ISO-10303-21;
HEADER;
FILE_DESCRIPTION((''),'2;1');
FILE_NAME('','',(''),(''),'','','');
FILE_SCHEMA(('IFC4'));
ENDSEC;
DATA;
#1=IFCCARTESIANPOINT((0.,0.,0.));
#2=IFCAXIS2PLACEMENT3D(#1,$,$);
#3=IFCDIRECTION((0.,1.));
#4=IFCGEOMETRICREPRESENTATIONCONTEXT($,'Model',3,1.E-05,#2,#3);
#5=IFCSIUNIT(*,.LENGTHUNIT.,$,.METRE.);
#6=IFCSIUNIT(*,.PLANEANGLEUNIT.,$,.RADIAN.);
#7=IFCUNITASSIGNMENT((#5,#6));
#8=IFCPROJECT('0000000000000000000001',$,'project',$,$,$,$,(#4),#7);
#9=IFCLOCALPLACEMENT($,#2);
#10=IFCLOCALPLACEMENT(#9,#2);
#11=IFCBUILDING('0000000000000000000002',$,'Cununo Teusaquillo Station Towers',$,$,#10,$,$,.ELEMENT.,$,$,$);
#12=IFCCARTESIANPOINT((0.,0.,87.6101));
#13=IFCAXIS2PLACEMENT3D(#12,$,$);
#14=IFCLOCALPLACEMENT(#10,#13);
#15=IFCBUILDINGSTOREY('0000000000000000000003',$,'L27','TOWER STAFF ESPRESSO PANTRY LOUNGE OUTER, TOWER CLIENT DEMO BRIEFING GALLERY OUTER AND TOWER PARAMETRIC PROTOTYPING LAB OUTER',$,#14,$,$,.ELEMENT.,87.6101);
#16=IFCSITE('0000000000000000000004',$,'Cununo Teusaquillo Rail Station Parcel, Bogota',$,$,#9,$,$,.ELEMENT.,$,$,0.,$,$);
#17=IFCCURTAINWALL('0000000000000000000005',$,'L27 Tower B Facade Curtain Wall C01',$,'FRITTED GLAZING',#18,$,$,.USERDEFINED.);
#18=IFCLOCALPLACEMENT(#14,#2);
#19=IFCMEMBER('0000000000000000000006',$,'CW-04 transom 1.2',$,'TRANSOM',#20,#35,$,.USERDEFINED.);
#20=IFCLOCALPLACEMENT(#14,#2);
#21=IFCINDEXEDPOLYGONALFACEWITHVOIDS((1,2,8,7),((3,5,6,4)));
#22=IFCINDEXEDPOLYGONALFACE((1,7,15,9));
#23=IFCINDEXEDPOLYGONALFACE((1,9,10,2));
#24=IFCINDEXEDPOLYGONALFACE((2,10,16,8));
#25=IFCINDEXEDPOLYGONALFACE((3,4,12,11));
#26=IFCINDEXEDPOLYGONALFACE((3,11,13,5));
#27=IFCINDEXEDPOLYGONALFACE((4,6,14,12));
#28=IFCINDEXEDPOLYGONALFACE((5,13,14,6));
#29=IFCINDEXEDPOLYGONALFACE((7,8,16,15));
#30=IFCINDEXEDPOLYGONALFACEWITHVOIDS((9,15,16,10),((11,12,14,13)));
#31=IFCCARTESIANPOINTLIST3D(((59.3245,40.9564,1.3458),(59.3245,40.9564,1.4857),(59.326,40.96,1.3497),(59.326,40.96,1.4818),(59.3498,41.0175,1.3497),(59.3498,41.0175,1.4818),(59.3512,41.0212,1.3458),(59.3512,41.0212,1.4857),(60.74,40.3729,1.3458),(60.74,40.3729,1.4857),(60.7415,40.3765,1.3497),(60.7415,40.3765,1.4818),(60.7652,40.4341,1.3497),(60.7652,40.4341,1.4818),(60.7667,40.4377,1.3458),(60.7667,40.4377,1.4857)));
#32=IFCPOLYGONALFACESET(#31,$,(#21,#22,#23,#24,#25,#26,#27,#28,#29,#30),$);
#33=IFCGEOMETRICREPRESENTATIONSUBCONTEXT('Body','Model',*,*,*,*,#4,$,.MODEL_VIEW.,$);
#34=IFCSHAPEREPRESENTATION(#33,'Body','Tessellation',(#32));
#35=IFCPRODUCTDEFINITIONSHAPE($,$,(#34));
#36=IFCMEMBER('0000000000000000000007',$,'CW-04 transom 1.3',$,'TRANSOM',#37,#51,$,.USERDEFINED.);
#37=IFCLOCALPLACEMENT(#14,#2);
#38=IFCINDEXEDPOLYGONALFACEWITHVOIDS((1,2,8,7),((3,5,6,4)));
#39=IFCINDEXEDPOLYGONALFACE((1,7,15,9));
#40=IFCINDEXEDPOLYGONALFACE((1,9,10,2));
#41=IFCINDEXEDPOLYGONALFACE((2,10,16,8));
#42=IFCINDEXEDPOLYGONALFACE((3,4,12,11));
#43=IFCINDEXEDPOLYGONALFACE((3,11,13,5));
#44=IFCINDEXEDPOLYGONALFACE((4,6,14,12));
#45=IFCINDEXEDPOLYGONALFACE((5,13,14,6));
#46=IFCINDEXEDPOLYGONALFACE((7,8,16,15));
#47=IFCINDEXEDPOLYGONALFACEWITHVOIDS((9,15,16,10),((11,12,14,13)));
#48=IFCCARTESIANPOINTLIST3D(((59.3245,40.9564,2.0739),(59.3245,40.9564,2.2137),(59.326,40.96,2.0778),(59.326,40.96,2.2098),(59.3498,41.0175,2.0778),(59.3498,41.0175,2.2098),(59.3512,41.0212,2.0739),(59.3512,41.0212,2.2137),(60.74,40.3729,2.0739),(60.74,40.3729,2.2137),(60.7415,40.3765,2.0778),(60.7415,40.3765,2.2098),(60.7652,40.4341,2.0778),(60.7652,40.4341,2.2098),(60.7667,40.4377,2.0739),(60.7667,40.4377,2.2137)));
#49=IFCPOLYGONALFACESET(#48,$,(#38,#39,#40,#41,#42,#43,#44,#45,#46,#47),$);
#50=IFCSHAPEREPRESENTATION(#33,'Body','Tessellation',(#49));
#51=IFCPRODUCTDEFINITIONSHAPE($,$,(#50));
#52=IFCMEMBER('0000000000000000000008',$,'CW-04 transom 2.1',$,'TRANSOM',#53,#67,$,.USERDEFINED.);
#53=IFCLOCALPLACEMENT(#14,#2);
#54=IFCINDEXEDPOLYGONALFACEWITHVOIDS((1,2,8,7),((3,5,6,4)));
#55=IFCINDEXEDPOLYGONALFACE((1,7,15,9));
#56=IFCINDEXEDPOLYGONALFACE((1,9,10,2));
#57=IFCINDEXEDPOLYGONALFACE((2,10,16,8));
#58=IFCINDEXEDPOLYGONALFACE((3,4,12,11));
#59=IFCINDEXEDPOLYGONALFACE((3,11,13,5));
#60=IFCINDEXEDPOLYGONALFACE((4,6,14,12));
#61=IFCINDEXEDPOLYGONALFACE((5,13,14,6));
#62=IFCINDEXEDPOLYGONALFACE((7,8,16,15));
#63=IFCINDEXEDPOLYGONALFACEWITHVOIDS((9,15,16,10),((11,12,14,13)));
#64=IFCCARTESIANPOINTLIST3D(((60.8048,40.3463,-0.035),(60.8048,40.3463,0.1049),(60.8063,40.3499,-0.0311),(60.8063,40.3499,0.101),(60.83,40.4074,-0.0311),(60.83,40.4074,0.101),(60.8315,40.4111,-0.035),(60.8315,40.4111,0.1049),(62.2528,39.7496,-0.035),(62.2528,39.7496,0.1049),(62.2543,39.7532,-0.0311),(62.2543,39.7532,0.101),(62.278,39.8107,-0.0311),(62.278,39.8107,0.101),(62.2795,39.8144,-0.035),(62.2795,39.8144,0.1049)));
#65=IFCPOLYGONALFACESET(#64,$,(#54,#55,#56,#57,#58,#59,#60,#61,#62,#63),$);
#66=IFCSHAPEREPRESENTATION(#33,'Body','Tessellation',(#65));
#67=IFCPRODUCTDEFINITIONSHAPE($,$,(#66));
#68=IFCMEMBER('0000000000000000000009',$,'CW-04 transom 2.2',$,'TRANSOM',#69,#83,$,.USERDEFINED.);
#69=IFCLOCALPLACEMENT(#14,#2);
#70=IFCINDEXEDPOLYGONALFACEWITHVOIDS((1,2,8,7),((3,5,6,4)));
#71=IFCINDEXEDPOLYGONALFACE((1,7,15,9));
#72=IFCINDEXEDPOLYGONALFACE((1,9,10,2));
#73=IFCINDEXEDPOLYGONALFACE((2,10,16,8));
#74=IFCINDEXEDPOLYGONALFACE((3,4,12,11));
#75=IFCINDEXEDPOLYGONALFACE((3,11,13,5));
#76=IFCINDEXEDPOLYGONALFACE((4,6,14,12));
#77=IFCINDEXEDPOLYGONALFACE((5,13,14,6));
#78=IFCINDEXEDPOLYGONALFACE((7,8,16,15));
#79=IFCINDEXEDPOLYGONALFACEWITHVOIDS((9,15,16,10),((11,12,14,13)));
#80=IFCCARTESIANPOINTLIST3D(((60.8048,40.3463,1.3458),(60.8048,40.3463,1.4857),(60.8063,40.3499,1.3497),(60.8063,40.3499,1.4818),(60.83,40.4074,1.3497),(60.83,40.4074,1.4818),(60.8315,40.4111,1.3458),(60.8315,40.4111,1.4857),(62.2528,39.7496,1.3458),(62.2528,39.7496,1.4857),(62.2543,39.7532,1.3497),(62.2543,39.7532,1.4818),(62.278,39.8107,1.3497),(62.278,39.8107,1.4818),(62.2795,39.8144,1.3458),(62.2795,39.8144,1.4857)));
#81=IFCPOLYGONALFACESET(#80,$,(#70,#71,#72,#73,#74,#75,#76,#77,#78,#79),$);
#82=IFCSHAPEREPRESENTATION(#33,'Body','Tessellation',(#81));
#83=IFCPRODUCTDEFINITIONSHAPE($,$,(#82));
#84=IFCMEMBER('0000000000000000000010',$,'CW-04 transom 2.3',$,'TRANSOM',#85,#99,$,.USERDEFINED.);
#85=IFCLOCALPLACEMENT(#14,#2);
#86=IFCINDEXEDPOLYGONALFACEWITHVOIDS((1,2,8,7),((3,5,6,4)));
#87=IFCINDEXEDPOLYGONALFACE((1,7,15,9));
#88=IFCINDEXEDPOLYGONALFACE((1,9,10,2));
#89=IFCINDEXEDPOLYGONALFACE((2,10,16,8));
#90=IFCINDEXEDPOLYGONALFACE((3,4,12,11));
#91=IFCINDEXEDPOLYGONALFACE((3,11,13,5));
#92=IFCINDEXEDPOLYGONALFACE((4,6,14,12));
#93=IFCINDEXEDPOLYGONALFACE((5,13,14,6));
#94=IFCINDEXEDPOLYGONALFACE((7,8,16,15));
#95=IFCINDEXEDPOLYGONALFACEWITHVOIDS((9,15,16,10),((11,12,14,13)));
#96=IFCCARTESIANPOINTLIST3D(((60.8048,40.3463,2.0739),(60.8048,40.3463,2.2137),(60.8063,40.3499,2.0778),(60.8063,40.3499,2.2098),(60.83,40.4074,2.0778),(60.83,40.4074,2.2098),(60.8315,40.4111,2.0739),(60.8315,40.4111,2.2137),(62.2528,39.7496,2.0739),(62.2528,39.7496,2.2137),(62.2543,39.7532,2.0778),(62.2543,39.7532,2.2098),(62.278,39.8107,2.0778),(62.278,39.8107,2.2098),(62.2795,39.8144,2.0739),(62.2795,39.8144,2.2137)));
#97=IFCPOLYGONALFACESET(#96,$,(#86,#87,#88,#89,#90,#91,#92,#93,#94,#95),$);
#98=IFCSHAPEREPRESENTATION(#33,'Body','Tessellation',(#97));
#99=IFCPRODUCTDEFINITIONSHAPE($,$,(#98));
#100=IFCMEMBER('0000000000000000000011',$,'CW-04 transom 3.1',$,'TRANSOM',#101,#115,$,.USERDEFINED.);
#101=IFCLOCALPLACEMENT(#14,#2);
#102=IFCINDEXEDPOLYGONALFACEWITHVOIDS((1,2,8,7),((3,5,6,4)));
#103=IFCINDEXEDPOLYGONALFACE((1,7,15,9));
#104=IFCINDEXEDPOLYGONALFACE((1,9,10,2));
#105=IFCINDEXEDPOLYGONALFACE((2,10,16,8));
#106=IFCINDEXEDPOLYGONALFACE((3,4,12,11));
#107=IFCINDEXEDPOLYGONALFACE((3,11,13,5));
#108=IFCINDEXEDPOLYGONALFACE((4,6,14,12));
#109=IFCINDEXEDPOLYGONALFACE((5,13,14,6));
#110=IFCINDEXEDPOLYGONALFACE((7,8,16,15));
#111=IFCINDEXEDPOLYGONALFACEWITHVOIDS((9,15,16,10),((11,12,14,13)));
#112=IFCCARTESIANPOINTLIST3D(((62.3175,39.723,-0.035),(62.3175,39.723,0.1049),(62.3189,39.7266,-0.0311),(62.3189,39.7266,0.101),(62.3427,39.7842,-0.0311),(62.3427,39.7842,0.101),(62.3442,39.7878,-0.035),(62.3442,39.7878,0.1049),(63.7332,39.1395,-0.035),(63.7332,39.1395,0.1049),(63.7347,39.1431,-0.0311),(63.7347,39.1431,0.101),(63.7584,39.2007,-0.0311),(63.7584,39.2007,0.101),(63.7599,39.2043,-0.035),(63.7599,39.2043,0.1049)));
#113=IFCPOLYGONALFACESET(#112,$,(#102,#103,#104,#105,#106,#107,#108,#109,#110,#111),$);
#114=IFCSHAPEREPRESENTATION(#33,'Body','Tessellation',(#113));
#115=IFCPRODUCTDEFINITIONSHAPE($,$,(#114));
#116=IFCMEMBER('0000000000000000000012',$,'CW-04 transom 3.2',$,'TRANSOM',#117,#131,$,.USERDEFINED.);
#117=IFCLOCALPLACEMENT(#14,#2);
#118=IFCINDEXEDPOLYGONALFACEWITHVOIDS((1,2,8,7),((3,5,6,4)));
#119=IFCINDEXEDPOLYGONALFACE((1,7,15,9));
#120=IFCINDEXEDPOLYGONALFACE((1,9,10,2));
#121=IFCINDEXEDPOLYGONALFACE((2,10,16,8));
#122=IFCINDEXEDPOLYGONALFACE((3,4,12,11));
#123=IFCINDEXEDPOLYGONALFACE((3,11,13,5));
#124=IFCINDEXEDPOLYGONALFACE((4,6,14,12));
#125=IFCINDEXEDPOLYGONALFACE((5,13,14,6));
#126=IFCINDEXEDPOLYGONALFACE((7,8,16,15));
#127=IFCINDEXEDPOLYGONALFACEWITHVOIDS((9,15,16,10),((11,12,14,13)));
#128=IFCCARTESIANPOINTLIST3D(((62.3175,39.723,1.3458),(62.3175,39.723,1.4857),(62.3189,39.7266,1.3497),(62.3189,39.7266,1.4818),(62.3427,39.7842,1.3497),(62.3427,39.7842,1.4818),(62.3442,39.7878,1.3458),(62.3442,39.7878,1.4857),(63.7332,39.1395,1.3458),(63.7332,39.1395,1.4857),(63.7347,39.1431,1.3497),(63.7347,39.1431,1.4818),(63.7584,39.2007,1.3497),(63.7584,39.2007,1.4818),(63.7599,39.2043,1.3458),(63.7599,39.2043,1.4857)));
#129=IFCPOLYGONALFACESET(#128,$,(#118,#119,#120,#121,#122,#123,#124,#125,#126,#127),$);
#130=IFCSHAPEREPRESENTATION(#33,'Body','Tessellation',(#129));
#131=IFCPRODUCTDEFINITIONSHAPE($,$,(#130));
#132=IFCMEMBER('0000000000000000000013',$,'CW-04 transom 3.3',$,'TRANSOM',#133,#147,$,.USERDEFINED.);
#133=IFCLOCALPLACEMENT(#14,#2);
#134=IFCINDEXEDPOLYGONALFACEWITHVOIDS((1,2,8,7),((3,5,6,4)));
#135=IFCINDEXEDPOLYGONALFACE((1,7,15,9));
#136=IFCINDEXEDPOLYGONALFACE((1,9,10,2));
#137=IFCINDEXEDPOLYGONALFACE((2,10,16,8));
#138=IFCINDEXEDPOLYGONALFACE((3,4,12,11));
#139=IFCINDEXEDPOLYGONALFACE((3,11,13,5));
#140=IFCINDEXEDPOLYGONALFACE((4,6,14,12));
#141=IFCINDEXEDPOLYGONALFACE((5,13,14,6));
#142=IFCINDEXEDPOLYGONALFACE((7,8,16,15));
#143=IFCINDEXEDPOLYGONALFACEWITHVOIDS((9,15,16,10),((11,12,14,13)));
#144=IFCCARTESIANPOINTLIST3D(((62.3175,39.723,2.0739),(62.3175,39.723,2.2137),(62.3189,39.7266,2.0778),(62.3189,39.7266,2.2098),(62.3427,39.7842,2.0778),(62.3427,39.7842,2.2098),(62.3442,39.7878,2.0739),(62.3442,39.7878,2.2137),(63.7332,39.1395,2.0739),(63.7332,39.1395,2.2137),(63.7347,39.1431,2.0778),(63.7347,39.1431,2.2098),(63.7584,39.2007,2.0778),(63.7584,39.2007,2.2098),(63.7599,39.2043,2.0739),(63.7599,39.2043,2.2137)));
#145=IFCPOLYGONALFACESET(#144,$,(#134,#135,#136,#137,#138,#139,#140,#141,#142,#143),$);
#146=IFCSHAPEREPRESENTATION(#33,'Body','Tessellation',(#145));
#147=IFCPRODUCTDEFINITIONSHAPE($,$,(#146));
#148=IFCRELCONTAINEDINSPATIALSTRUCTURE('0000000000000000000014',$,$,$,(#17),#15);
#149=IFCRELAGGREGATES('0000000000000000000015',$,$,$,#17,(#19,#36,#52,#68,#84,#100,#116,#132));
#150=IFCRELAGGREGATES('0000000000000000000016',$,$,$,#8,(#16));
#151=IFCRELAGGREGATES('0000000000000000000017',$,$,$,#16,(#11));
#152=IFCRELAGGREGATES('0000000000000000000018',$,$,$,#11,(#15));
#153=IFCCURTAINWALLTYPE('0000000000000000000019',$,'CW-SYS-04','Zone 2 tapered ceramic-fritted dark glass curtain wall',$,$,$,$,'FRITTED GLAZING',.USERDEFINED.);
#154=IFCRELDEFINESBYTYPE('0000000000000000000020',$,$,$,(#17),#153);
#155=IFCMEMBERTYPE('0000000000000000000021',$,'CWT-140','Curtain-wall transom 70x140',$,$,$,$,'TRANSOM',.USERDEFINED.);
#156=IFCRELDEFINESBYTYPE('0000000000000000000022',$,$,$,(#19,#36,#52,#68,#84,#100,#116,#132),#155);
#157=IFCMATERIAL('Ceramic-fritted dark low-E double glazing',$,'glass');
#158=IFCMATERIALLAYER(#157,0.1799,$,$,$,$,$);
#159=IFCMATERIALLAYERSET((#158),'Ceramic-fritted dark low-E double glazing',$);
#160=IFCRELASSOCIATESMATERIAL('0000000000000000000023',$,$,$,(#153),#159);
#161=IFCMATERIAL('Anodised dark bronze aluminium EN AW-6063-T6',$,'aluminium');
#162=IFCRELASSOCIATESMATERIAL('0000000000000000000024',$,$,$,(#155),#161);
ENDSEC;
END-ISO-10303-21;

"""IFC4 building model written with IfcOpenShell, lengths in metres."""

from ifc_helpers import new_model, si_unit, direction, frame, origin, origin_2d, place, context, subcontext, project, spatial, hollow_rectangle, extrude, material, layer, layer_set, material_profile, profile_set, type_object, element, aggregate, save


model = new_model("IFC4")

# Units and contexts
model_context = context("Model", 3, precision=1e-05, world=origin(), true_north=direction((0.0, 1.0)))
body_context = subcontext(model_context, "Body", "Model", "MODEL_VIEW")
ifc_project = project(units=[si_unit("LENGTHUNIT", "METRE"), si_unit("PLANEANGLEUNIT", "RADIAN")], contexts=[model_context])

# Site, building, storey
site_placement = place(None, origin())
site = spatial("IfcSite", under=ifc_project, at=site_placement, Name="Cununo Teusaquillo Rail Station Parcel, Bogota", CompositionType="ELEMENT", RefElevation=0.0)
building_placement = place(site_placement, origin())
building = spatial("IfcBuilding", under=site, at=building_placement, Name="Cununo Teusaquillo Station Towers", CompositionType="ELEMENT")
storey_placement = place(building_placement, frame((0.0, 0.0, 87.6101)))
storey = spatial("IfcBuildingStorey", under=building, at=storey_placement, Name="L27", Description="TOWER STAFF ESPRESSO PANTRY LOUNGE OUTER, TOWER CLIENT DEMO BRIEFING GALLERY OUTER AND TOWER PARAMETRIC PROTOTYPING LAB OUTER", CompositionType="ELEMENT", Elevation=87.6101)

# Curtain wall, members
ifc_material_1 = material(Name="Ceramic-fritted dark low-E double glazing", Category="glass")
ifc_layer_1 = layer(ifc_material_1, 0.1799)
ifc_layer_set_1 = layer_set([ifc_layer_1], Name="Ceramic-fritted dark low-E double glazing")
curtain_wall_type = type_object("IfcCurtainWallType", Name="CW-SYS-04", Description="Zone 2 tapered ceramic-fritted dark glass curtain wall", ElementType="FRITTED GLAZING", PredefinedType="USERDEFINED", material=ifc_layer_set_1)
curtain_wall_placement = place(storey_placement, origin())
curtain_wall = element("IfcCurtainWall", 1, at=curtain_wall_placement, inside=storey, type_object=curtain_wall_type, Name="L27 Tower B Facade Curtain Wall C01", ObjectType="FRITTED GLAZING", PredefinedType="USERDEFINED")
ifc_material_2 = material(Name="Anodised dark bronze aluminium EN AW-6063-T6", Category="aluminium")
ifc_material_profile_1 = material_profile(ifc_material_2, hollow_rectangle(XDim=0.0701, YDim=0.1399, WallThickness=0.0039, at=origin_2d()), Name="CW-TRAN-70x140")
ifc_profile_set_1 = profile_set([ifc_material_profile_1], Name="Anodised dark bronze aluminium EN AW-6063-T6")
member_type_1 = type_object("IfcMemberType", Name="CWT-140", Description="Curtain-wall transom 70x140", ElementType="TRANSOM", PredefinedType="USERDEFINED", material=ifc_profile_set_1)
member_1_placement = place(storey_placement, frame((59.3379, 40.9888, 1.4158), z_axis=(0.924533, -0.381103, 0.0), x_axis=(0.381103, 0.924533, 0.0)))
member_1 = element("IfcMember", 2, at=member_1_placement, type_object=member_type_1, Name="CW-04 transom 1.2", ObjectType="TRANSOM", PredefinedType="USERDEFINED", context=body_context, shape_type="SweptSolid", body=[
    extrude(hollow_rectangle(XDim=0.0701, YDim=0.1399, WallThickness=0.0039, at=origin_2d()), origin(), (0.0, 0.0, 1.0), 1.531),
])
member_2_placement = place(storey_placement, frame((59.3379, 40.9888, 2.1438), z_axis=(0.924533, -0.381103, 0.0), x_axis=(0.381103, 0.924533, 0.0)))
member_2 = element("IfcMember", 3, at=member_2_placement, type_object=member_type_1, Name="CW-04 transom 1.3", ObjectType="TRANSOM", PredefinedType="USERDEFINED", context=body_context, shape_type="SweptSolid", body=[
    extrude(hollow_rectangle(XDim=0.0701, YDim=0.1399, WallThickness=0.0039, at=origin_2d()), origin(), (0.0, 0.0, 1.0), 1.531),
])
member_3_placement = place(storey_placement, frame((60.8181, 40.3787, 0.0349), z_axis=(0.924578, -0.380993, 0.0), x_axis=(0.380993, 0.924578, 0.0)))
member_3 = element("IfcMember", 4, at=member_3_placement, type_object=member_type_1, Name="CW-04 transom 2.1", ObjectType="TRANSOM", PredefinedType="USERDEFINED", context=body_context, shape_type="SweptSolid", body=[
    extrude(hollow_rectangle(XDim=0.0701, YDim=0.1399, WallThickness=0.0039, at=origin_2d()), origin(), (0.0, 0.0, 1.0), 1.5662),
])
member_4_placement = place(storey_placement, frame((60.8181, 40.3787, 1.4158), z_axis=(0.924578, -0.380993, 0.0), x_axis=(0.380993, 0.924578, 0.0)))
member_4 = element("IfcMember", 5, at=member_4_placement, type_object=member_type_1, Name="CW-04 transom 2.2", ObjectType="TRANSOM", PredefinedType="USERDEFINED", context=body_context, shape_type="SweptSolid", body=[
    extrude(hollow_rectangle(XDim=0.0701, YDim=0.1399, WallThickness=0.0039, at=origin_2d()), origin(), (0.0, 0.0, 1.0), 1.5662),
])
member_5_placement = place(storey_placement, frame((60.8181, 40.3787, 2.1438), z_axis=(0.924578, -0.380993, 0.0), x_axis=(0.380993, 0.924578, 0.0)))
member_5 = element("IfcMember", 6, at=member_5_placement, type_object=member_type_1, Name="CW-04 transom 2.3", ObjectType="TRANSOM", PredefinedType="USERDEFINED", context=body_context, shape_type="SweptSolid", body=[
    extrude(hollow_rectangle(XDim=0.0701, YDim=0.1399, WallThickness=0.0039, at=origin_2d()), origin(), (0.0, 0.0, 1.0), 1.5662),
])
member_6_placement = place(storey_placement, frame((62.3308, 39.7554, 0.0349), z_axis=(0.924556, -0.381046, 0.0), x_axis=(0.381046, 0.924556, 0.0)))
member_6 = element("IfcMember", 7, at=member_6_placement, type_object=member_type_1, Name="CW-04 transom 3.1", ObjectType="TRANSOM", PredefinedType="USERDEFINED", context=body_context, shape_type="SweptSolid", body=[
    extrude(hollow_rectangle(XDim=0.0701, YDim=0.1399, WallThickness=0.0039, at=origin_2d()), origin(), (0.0, 0.0, 1.0), 1.5312),
])
member_7_placement = place(storey_placement, frame((62.3308, 39.7554, 1.4158), z_axis=(0.924556, -0.381046, 0.0), x_axis=(0.381046, 0.924556, 0.0)))
member_7 = element("IfcMember", 8, at=member_7_placement, type_object=member_type_1, Name="CW-04 transom 3.2", ObjectType="TRANSOM", PredefinedType="USERDEFINED", context=body_context, shape_type="SweptSolid", body=[
    extrude(hollow_rectangle(XDim=0.0701, YDim=0.1399, WallThickness=0.0039, at=origin_2d()), origin(), (0.0, 0.0, 1.0), 1.5312),
])
member_8_placement = place(storey_placement, frame((62.3308, 39.7554, 2.1438), z_axis=(0.924556, -0.381046, 0.0), x_axis=(0.381046, 0.924556, 0.0)))
member_8 = element("IfcMember", 9, at=member_8_placement, type_object=member_type_1, Name="CW-04 transom 3.3", ObjectType="TRANSOM", PredefinedType="USERDEFINED", context=body_context, shape_type="SweptSolid", body=[
    extrude(hollow_rectangle(XDim=0.0701, YDim=0.1399, WallThickness=0.0039, at=origin_2d()), origin(), (0.0, 0.0, 1.0), 1.5312),
])

aggregate(curtain_wall, [member_1, member_2, member_3, member_4, member_5, member_6, member_7, member_8])

save(model, "model.ifc")
